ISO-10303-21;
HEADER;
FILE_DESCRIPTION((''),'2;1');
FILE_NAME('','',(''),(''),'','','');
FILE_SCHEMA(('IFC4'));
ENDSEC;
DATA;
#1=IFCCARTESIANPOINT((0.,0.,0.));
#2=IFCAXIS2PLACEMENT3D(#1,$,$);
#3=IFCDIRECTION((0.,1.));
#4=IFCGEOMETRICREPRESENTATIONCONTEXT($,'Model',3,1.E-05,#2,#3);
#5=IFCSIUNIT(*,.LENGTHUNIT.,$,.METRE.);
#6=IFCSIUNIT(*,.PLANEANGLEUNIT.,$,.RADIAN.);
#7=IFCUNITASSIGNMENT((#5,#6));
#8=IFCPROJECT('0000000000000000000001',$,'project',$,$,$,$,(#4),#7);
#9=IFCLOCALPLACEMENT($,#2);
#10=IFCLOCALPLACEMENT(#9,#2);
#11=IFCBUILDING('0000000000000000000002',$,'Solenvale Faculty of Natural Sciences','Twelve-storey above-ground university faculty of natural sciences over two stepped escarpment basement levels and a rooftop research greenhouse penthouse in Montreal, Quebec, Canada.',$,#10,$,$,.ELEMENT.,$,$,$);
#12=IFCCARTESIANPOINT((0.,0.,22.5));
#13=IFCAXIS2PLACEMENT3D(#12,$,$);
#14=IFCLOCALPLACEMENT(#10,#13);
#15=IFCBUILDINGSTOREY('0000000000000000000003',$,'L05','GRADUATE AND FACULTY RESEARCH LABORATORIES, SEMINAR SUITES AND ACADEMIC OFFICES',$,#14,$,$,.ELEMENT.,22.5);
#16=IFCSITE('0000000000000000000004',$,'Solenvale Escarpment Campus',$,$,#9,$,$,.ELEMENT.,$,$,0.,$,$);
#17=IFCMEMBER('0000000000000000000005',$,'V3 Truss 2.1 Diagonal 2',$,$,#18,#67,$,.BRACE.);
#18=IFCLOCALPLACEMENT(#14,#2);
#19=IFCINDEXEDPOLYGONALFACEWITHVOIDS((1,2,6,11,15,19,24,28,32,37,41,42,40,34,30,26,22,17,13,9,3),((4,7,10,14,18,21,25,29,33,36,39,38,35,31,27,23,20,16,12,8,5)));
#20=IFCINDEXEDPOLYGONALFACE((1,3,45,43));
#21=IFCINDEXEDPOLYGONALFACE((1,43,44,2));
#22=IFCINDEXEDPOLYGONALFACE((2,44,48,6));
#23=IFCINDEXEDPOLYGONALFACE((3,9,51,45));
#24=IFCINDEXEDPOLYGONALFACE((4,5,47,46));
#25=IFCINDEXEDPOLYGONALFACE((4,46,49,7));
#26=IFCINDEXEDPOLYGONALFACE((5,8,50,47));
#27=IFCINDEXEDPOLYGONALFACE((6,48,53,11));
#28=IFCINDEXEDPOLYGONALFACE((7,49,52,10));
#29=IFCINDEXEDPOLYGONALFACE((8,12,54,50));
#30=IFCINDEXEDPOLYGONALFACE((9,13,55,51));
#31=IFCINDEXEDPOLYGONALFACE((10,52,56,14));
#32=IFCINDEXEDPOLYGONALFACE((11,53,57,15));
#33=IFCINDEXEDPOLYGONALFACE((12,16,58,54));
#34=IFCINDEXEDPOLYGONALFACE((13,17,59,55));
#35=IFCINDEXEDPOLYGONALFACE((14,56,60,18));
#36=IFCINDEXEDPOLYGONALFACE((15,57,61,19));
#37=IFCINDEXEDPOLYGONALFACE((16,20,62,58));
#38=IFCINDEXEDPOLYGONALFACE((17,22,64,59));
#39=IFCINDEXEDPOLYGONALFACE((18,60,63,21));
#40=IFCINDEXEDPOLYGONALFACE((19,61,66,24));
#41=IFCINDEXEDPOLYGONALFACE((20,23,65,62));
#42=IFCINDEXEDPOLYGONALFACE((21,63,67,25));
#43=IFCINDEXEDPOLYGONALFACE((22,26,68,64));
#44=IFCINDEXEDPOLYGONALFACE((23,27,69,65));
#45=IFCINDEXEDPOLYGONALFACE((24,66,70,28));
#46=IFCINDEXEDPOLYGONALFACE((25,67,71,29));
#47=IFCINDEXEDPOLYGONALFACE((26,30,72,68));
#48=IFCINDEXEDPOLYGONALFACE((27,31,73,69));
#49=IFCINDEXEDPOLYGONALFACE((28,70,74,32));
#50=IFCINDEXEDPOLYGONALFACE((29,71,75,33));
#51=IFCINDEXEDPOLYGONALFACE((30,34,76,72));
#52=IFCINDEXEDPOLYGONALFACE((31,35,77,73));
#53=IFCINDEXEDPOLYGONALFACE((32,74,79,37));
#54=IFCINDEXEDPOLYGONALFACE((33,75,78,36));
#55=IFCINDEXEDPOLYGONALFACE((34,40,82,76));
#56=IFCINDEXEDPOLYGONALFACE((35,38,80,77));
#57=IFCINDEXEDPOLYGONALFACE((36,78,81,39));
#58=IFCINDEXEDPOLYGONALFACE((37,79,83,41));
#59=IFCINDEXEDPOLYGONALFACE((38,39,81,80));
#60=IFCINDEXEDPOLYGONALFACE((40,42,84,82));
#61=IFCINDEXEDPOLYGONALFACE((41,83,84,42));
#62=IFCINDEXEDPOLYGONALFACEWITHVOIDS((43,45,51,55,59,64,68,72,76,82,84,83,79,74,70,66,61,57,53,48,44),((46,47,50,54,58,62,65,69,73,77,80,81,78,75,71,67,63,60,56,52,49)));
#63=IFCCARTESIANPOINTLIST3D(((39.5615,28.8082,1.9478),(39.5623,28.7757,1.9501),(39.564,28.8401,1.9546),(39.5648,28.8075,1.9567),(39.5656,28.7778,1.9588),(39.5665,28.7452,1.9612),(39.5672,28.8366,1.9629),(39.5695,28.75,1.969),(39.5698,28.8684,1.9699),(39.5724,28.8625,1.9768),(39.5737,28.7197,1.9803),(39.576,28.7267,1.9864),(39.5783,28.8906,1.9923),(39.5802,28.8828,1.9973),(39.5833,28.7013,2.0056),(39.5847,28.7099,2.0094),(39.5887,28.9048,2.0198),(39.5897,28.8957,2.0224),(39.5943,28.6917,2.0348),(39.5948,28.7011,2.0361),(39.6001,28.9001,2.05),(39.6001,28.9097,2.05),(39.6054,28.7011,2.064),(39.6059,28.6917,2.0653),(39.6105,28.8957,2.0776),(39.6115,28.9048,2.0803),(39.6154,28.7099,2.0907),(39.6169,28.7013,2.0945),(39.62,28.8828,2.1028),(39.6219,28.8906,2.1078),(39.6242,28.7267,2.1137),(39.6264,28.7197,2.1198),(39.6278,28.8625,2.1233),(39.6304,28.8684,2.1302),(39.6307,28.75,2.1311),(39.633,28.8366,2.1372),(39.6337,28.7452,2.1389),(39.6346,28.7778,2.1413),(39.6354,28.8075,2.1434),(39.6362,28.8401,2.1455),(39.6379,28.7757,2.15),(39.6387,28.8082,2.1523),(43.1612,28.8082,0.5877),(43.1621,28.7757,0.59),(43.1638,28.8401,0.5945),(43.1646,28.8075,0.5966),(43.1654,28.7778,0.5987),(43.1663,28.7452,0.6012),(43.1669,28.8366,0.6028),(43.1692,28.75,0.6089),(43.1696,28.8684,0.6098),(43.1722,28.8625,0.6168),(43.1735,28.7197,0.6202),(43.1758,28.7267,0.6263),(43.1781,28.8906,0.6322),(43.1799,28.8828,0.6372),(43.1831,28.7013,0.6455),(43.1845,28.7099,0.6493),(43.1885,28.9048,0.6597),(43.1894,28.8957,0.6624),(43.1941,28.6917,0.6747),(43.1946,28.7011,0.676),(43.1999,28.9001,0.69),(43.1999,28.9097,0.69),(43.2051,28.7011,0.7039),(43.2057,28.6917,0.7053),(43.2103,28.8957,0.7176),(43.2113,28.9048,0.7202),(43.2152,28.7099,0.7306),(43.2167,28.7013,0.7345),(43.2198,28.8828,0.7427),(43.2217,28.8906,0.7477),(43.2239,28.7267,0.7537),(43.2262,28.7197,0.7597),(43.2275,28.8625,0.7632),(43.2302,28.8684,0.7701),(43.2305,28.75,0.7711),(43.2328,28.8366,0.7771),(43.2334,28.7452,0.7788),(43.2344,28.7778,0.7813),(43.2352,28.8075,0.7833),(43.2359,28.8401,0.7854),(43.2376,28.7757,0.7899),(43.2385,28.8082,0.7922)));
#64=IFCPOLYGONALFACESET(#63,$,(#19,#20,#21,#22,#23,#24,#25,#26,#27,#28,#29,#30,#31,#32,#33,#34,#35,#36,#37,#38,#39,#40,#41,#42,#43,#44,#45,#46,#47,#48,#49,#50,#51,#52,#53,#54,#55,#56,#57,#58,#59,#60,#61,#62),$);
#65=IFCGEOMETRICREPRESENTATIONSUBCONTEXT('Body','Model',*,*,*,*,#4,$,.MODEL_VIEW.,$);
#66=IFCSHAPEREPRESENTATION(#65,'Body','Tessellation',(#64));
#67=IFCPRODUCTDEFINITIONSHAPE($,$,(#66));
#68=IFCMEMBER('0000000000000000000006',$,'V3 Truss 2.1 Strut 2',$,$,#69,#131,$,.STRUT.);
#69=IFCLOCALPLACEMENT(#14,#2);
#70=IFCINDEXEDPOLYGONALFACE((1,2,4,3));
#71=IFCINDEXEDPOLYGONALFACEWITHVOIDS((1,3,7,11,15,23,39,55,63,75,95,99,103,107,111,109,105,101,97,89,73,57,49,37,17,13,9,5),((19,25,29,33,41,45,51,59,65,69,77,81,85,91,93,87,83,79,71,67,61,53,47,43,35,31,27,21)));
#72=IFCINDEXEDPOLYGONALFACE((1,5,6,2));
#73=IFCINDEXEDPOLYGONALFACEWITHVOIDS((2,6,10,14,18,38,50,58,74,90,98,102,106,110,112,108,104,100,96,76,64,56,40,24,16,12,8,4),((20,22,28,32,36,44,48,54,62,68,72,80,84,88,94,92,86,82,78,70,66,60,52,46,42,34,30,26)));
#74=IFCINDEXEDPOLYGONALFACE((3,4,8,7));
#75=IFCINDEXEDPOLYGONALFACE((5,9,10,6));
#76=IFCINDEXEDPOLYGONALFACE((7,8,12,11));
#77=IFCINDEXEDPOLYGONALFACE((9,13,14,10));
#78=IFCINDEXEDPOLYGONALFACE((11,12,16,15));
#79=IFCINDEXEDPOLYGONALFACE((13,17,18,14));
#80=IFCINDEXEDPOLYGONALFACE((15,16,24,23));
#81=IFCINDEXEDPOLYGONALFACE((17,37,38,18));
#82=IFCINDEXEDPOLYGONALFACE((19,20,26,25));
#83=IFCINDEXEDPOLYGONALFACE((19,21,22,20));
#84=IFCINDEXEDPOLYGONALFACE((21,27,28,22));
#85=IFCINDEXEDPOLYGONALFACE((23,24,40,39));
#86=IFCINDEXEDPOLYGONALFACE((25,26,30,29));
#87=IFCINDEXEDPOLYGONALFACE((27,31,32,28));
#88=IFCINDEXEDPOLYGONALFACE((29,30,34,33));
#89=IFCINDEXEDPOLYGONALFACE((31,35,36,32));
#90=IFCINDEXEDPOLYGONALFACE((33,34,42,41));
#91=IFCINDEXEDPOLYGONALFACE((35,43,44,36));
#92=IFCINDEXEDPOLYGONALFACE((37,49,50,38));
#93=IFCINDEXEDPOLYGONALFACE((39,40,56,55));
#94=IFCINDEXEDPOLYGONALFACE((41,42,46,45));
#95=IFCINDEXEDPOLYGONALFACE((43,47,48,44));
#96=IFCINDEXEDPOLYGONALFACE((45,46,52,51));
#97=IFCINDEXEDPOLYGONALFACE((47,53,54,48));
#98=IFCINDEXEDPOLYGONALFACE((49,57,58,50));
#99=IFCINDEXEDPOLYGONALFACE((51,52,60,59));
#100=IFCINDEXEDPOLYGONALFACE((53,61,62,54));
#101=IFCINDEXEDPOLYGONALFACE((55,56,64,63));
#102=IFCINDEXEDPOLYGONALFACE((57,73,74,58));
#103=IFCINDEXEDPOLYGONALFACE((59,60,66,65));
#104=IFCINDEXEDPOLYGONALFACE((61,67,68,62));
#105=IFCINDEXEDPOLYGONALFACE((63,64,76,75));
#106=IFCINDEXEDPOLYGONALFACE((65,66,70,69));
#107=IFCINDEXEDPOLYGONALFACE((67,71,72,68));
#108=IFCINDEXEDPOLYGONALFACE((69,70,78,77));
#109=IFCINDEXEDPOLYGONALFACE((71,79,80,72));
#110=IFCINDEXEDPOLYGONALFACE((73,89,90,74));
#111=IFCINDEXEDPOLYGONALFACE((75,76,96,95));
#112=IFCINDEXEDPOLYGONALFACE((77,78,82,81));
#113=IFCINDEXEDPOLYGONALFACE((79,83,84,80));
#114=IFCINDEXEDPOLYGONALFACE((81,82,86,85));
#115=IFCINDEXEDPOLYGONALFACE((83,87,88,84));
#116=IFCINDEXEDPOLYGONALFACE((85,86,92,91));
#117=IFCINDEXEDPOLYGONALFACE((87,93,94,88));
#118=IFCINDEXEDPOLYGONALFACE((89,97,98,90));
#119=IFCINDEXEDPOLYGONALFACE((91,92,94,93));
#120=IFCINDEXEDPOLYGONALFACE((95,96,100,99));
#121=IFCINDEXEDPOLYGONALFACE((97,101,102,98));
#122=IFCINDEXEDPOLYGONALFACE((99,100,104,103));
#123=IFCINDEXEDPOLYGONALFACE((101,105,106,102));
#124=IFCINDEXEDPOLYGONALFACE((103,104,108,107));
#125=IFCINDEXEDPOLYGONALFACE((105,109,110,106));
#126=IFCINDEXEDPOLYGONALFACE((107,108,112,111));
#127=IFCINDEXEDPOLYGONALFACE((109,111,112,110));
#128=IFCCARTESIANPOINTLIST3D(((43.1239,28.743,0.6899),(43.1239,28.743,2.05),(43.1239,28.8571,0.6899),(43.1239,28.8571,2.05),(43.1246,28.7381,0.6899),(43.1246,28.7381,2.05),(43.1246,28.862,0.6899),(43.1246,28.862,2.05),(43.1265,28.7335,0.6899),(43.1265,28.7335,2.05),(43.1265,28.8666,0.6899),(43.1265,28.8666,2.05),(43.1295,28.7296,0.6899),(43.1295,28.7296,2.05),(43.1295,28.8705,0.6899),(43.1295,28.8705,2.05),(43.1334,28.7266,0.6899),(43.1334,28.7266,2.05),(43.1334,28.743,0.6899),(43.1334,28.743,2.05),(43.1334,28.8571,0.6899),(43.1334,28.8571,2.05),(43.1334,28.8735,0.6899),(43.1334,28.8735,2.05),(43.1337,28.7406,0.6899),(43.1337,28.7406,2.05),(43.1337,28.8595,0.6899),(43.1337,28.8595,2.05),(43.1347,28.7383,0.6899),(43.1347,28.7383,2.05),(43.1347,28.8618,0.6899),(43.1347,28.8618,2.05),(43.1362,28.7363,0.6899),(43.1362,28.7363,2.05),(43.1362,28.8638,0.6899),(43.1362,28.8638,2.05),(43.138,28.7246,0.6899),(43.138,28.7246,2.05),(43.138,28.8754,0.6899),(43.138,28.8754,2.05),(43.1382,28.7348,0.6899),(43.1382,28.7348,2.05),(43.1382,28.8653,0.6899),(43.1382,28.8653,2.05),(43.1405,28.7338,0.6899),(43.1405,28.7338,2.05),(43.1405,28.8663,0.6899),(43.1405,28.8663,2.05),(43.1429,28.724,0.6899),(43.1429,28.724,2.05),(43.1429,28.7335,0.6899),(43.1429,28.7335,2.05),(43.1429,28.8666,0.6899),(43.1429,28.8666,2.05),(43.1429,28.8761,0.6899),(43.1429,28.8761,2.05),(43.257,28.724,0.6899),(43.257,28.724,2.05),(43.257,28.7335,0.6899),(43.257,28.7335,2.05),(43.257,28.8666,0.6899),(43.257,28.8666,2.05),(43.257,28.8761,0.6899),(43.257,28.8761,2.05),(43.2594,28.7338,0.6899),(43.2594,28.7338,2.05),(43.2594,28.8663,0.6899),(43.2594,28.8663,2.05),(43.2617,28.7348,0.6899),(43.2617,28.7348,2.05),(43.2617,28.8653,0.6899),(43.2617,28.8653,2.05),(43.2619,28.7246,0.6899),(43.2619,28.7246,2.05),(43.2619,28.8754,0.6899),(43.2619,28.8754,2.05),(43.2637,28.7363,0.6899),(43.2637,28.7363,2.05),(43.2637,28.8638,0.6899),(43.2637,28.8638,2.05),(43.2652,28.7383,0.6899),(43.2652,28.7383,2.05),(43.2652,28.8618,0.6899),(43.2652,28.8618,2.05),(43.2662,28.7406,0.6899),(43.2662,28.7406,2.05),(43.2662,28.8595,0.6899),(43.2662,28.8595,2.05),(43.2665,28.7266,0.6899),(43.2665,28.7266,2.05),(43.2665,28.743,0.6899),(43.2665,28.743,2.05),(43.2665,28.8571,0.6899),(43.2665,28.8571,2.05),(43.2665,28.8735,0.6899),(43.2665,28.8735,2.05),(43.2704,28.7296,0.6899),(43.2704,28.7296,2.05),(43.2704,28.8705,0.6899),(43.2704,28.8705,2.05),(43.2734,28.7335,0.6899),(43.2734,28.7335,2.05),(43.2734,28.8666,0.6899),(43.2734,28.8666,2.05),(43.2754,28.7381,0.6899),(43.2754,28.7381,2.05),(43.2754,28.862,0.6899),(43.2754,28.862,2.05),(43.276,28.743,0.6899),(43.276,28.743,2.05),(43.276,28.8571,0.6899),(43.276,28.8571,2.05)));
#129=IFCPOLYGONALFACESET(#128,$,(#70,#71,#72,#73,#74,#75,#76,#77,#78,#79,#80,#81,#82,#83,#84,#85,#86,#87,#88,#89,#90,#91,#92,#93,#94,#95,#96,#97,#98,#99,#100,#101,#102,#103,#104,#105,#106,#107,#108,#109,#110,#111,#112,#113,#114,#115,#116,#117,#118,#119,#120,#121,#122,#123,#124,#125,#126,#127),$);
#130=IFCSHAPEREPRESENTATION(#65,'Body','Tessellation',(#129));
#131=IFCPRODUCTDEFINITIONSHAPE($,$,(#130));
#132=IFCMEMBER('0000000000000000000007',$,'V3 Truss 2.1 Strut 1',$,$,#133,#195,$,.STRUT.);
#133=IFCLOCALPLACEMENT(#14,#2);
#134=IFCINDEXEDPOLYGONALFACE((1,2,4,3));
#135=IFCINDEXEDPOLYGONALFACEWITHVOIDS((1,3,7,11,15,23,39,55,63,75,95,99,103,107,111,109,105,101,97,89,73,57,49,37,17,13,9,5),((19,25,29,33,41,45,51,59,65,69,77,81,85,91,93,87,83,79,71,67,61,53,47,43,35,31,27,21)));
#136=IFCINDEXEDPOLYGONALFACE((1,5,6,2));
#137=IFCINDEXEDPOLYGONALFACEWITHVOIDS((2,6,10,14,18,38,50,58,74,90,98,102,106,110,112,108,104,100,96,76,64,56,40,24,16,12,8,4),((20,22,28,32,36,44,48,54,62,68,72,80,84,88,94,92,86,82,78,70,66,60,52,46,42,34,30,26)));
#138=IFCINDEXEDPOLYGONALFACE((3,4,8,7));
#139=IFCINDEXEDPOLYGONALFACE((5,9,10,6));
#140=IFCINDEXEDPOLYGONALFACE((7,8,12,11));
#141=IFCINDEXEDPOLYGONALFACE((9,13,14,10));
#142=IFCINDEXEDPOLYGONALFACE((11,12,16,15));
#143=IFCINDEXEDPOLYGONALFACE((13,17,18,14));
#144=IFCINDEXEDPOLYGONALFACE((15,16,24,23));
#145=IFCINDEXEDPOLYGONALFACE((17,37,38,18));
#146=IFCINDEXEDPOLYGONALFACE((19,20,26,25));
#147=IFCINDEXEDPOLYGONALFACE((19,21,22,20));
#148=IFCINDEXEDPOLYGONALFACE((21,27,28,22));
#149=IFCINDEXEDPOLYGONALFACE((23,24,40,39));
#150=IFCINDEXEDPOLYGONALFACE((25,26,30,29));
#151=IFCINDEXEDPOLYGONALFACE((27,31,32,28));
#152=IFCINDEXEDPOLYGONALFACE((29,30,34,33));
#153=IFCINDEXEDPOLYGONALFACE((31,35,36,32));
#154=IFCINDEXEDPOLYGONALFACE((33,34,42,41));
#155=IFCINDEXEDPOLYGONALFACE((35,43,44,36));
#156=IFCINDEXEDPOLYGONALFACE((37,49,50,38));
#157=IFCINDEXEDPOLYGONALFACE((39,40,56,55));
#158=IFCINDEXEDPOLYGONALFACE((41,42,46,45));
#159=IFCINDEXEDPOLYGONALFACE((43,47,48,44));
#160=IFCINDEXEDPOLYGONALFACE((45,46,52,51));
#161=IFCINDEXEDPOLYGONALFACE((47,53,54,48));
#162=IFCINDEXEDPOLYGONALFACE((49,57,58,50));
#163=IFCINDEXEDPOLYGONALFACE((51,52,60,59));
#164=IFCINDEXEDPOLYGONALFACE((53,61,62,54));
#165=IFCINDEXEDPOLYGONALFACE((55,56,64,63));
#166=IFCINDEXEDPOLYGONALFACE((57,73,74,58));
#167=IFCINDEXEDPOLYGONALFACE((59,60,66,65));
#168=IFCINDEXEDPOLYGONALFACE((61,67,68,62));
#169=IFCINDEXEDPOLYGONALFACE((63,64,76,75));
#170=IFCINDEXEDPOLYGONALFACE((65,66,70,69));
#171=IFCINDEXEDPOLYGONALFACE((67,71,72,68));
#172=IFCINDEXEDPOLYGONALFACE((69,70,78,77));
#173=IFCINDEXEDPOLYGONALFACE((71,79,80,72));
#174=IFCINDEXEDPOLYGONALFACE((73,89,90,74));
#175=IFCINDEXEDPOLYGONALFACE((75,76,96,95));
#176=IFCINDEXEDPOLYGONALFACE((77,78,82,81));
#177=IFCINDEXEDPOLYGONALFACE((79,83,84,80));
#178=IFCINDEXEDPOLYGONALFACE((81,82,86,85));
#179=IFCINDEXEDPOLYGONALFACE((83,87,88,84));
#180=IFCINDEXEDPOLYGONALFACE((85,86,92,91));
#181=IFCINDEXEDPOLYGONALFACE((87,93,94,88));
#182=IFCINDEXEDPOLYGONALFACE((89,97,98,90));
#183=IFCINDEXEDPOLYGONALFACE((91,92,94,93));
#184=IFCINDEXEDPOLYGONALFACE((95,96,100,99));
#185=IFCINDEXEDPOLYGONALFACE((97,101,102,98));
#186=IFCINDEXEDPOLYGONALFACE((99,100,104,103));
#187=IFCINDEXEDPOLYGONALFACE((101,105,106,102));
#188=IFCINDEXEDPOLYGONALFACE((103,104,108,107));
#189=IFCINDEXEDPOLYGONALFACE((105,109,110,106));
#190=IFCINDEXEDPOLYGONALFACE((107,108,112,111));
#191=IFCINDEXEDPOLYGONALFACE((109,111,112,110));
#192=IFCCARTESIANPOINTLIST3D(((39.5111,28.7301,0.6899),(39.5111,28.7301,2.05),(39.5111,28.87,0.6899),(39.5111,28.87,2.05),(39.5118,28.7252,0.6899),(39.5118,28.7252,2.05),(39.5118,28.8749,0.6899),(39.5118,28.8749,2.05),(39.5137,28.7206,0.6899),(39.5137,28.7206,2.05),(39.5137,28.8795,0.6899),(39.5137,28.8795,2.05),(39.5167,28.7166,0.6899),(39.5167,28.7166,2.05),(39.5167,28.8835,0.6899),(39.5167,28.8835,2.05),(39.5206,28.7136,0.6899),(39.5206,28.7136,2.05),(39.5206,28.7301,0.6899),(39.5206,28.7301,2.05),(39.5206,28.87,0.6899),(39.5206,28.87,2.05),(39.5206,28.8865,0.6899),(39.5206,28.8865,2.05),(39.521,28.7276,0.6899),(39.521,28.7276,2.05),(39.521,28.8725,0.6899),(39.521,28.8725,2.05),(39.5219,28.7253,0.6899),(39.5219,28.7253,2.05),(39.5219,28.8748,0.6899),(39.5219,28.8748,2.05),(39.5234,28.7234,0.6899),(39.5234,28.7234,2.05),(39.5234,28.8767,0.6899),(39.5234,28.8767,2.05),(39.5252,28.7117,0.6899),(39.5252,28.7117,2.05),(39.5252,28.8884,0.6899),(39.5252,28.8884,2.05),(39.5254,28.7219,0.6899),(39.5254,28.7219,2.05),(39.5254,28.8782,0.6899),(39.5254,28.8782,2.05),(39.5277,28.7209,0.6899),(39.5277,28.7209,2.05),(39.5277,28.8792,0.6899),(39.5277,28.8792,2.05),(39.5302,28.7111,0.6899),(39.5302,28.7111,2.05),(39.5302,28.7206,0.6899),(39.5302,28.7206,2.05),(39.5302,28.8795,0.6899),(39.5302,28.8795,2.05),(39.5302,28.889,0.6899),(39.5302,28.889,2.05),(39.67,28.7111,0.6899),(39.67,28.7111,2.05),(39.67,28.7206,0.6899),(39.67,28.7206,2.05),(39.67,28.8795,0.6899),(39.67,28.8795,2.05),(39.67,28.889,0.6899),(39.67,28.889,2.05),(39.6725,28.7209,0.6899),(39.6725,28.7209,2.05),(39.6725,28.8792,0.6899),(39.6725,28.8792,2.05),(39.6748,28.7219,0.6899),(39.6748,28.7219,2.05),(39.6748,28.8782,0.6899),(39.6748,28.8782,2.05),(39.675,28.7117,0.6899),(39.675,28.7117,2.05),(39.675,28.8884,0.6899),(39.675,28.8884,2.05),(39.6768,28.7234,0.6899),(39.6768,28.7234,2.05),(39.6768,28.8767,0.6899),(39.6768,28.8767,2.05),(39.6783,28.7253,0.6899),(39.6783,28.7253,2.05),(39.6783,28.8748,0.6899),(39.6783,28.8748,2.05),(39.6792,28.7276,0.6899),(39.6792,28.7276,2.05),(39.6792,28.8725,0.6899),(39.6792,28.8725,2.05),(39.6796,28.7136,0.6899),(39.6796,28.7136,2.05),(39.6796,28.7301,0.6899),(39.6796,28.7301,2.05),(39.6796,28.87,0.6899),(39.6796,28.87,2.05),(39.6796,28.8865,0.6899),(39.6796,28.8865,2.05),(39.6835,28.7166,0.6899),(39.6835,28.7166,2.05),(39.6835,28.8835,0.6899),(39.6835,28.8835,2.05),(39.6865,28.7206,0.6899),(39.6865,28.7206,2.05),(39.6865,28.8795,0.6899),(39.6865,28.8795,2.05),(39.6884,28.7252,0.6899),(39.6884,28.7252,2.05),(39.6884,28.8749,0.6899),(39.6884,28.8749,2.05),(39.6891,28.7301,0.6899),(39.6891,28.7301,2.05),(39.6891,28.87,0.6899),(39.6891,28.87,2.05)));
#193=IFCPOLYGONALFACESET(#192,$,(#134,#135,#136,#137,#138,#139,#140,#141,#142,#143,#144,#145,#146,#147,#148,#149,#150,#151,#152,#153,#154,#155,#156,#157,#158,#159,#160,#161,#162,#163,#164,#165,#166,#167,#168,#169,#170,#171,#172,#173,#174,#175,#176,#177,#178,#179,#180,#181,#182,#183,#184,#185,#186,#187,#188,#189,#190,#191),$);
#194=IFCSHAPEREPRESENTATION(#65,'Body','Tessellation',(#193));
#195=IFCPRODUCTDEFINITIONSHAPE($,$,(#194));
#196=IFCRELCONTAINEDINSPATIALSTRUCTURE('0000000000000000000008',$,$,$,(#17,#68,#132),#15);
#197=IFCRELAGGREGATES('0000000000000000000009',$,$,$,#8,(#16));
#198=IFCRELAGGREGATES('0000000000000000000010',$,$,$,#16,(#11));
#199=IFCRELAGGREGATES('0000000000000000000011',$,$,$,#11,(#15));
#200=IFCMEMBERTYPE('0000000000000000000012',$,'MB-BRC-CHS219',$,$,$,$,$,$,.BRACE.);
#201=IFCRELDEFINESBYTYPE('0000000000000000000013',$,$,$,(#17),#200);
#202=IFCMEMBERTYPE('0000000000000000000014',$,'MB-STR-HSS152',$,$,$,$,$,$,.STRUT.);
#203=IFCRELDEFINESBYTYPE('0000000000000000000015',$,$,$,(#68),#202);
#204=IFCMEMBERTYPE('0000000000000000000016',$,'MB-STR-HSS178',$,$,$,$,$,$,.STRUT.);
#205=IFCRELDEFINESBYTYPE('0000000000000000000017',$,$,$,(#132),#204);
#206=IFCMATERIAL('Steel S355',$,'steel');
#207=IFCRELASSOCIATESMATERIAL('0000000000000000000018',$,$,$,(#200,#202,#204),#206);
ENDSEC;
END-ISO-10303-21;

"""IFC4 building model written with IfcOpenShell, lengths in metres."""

from ifc_helpers import new_model, si_unit, direction, frame, origin, origin_2d, place, context, subcontext, project, spatial, hollow_rectangle, hollow_circle, extrude, material, material_profile, profile_set, type_object, element, save


model = new_model("IFC4")

# Units and contexts
model_context = context("Model", 3, precision=1e-05, world=origin(), true_north=direction((0.0, 1.0)))
body_context = subcontext(model_context, "Body", "Model", "MODEL_VIEW")
ifc_project = project(units=[si_unit("LENGTHUNIT", "METRE"), si_unit("PLANEANGLEUNIT", "RADIAN")], contexts=[model_context])

# Site, building, storey
site_placement = place(None, origin())
site = spatial("IfcSite", under=ifc_project, at=site_placement, Name="Solenvale Escarpment Campus", CompositionType="ELEMENT", RefElevation=0.0)
building_placement = place(site_placement, origin())
building = spatial("IfcBuilding", under=site, at=building_placement, Name="Solenvale Faculty of Natural Sciences", Description="Twelve-storey above-ground university faculty of natural sciences over two stepped escarpment basement levels and a rooftop research greenhouse penthouse in Montreal, Quebec, Canada.", CompositionType="ELEMENT")
storey_placement = place(building_placement, frame((0.0, 0.0, 22.5)))
storey = spatial("IfcBuildingStorey", under=building, at=storey_placement, Name="L05", Description="GRADUATE AND FACULTY RESEARCH LABORATORIES, SEMINAR SUITES AND ACADEMIC OFFICES", CompositionType="ELEMENT", Elevation=22.5)

# Shared definitions
ifc_material_1 = material(Name="Steel S355", Category="steel")

# Members
ifc_material_profile_1 = material_profile(ifc_material_1, hollow_circle(Radius=0.1096, WallThickness=0.0095, at=origin_2d()), Name="HSS219x9.5")
ifc_profile_set_1 = profile_set([ifc_material_profile_1], Name="Steel S355")
member_type_1 = type_object("IfcMemberType", Name="MB-BRC-CHS219", PredefinedType="BRACE", material=ifc_profile_set_1)
member_1_placement = place(storey_placement, frame((39.6001, 28.8, 2.05), z_axis=(0.935458, 0.0, -0.353438), x_axis=(0.0, 1.0, 0.0)))
element("IfcMember", 1, at=member_1_placement, inside=storey, type_object=member_type_1, Name="V3 Truss 2.1 Diagonal 2", PredefinedType="BRACE", context=body_context, shape_type="SweptSolid", body=[
    extrude(hollow_circle(Radius=0.1096, WallThickness=0.0095, at=origin_2d()), origin(), (0.0, 0.0, 1.0), 3.8481),
])
ifc_material_profile_2 = material_profile(ifc_material_1, hollow_rectangle(XDim=0.1521, YDim=0.1521, WallThickness=0.0095, InnerFilletRadius=0.0095, OuterFilletRadius=0.019, at=origin_2d()), Name="HSS152x152x9.5")
ifc_profile_set_2 = profile_set([ifc_material_profile_2], Name="Steel S355")
member_type_2 = type_object("IfcMemberType", Name="MB-STR-HSS152", PredefinedType="STRUT", material=ifc_profile_set_2)
member_2_placement = place(storey_placement, frame((43.2, 28.8, 0.6899), z_axis=(0.0, 0.0, 1.0), x_axis=(1.0, 0.0, 0.0)))
element("IfcMember", 2, at=member_2_placement, inside=storey, type_object=member_type_2, Name="V3 Truss 2.1 Strut 2", PredefinedType="STRUT", context=body_context, shape_type="SweptSolid", body=[
    extrude(hollow_rectangle(XDim=0.1521, YDim=0.1521, WallThickness=0.0095, InnerFilletRadius=0.0095, OuterFilletRadius=0.019, at=origin_2d()), origin(), (0.0, 0.0, 1.0), 1.3601),
])
ifc_material_profile_3 = material_profile(ifc_material_1, hollow_rectangle(XDim=0.178, YDim=0.178, WallThickness=0.0095, InnerFilletRadius=0.0095, OuterFilletRadius=0.019, at=origin_2d()), Name="HSS178x178x9.5")
ifc_profile_set_3 = profile_set([ifc_material_profile_3], Name="Steel S355")
member_type_3 = type_object("IfcMemberType", Name="MB-STR-HSS178", PredefinedType="STRUT", material=ifc_profile_set_3)
member_3_placement = place(storey_placement, frame((39.6001, 28.8, 0.6899), z_axis=(0.0, 0.0, 1.0), x_axis=(1.0, 0.0, 0.0)))
element("IfcMember", 3, at=member_3_placement, inside=storey, type_object=member_type_3, Name="V3 Truss 2.1 Strut 1", PredefinedType="STRUT", context=body_context, shape_type="SweptSolid", body=[
    extrude(hollow_rectangle(XDim=0.178, YDim=0.178, WallThickness=0.0095, InnerFilletRadius=0.0095, OuterFilletRadius=0.019, at=origin_2d()), origin(), (0.0, 0.0, 1.0), 1.3601),
])

save(model, "model.ifc")
